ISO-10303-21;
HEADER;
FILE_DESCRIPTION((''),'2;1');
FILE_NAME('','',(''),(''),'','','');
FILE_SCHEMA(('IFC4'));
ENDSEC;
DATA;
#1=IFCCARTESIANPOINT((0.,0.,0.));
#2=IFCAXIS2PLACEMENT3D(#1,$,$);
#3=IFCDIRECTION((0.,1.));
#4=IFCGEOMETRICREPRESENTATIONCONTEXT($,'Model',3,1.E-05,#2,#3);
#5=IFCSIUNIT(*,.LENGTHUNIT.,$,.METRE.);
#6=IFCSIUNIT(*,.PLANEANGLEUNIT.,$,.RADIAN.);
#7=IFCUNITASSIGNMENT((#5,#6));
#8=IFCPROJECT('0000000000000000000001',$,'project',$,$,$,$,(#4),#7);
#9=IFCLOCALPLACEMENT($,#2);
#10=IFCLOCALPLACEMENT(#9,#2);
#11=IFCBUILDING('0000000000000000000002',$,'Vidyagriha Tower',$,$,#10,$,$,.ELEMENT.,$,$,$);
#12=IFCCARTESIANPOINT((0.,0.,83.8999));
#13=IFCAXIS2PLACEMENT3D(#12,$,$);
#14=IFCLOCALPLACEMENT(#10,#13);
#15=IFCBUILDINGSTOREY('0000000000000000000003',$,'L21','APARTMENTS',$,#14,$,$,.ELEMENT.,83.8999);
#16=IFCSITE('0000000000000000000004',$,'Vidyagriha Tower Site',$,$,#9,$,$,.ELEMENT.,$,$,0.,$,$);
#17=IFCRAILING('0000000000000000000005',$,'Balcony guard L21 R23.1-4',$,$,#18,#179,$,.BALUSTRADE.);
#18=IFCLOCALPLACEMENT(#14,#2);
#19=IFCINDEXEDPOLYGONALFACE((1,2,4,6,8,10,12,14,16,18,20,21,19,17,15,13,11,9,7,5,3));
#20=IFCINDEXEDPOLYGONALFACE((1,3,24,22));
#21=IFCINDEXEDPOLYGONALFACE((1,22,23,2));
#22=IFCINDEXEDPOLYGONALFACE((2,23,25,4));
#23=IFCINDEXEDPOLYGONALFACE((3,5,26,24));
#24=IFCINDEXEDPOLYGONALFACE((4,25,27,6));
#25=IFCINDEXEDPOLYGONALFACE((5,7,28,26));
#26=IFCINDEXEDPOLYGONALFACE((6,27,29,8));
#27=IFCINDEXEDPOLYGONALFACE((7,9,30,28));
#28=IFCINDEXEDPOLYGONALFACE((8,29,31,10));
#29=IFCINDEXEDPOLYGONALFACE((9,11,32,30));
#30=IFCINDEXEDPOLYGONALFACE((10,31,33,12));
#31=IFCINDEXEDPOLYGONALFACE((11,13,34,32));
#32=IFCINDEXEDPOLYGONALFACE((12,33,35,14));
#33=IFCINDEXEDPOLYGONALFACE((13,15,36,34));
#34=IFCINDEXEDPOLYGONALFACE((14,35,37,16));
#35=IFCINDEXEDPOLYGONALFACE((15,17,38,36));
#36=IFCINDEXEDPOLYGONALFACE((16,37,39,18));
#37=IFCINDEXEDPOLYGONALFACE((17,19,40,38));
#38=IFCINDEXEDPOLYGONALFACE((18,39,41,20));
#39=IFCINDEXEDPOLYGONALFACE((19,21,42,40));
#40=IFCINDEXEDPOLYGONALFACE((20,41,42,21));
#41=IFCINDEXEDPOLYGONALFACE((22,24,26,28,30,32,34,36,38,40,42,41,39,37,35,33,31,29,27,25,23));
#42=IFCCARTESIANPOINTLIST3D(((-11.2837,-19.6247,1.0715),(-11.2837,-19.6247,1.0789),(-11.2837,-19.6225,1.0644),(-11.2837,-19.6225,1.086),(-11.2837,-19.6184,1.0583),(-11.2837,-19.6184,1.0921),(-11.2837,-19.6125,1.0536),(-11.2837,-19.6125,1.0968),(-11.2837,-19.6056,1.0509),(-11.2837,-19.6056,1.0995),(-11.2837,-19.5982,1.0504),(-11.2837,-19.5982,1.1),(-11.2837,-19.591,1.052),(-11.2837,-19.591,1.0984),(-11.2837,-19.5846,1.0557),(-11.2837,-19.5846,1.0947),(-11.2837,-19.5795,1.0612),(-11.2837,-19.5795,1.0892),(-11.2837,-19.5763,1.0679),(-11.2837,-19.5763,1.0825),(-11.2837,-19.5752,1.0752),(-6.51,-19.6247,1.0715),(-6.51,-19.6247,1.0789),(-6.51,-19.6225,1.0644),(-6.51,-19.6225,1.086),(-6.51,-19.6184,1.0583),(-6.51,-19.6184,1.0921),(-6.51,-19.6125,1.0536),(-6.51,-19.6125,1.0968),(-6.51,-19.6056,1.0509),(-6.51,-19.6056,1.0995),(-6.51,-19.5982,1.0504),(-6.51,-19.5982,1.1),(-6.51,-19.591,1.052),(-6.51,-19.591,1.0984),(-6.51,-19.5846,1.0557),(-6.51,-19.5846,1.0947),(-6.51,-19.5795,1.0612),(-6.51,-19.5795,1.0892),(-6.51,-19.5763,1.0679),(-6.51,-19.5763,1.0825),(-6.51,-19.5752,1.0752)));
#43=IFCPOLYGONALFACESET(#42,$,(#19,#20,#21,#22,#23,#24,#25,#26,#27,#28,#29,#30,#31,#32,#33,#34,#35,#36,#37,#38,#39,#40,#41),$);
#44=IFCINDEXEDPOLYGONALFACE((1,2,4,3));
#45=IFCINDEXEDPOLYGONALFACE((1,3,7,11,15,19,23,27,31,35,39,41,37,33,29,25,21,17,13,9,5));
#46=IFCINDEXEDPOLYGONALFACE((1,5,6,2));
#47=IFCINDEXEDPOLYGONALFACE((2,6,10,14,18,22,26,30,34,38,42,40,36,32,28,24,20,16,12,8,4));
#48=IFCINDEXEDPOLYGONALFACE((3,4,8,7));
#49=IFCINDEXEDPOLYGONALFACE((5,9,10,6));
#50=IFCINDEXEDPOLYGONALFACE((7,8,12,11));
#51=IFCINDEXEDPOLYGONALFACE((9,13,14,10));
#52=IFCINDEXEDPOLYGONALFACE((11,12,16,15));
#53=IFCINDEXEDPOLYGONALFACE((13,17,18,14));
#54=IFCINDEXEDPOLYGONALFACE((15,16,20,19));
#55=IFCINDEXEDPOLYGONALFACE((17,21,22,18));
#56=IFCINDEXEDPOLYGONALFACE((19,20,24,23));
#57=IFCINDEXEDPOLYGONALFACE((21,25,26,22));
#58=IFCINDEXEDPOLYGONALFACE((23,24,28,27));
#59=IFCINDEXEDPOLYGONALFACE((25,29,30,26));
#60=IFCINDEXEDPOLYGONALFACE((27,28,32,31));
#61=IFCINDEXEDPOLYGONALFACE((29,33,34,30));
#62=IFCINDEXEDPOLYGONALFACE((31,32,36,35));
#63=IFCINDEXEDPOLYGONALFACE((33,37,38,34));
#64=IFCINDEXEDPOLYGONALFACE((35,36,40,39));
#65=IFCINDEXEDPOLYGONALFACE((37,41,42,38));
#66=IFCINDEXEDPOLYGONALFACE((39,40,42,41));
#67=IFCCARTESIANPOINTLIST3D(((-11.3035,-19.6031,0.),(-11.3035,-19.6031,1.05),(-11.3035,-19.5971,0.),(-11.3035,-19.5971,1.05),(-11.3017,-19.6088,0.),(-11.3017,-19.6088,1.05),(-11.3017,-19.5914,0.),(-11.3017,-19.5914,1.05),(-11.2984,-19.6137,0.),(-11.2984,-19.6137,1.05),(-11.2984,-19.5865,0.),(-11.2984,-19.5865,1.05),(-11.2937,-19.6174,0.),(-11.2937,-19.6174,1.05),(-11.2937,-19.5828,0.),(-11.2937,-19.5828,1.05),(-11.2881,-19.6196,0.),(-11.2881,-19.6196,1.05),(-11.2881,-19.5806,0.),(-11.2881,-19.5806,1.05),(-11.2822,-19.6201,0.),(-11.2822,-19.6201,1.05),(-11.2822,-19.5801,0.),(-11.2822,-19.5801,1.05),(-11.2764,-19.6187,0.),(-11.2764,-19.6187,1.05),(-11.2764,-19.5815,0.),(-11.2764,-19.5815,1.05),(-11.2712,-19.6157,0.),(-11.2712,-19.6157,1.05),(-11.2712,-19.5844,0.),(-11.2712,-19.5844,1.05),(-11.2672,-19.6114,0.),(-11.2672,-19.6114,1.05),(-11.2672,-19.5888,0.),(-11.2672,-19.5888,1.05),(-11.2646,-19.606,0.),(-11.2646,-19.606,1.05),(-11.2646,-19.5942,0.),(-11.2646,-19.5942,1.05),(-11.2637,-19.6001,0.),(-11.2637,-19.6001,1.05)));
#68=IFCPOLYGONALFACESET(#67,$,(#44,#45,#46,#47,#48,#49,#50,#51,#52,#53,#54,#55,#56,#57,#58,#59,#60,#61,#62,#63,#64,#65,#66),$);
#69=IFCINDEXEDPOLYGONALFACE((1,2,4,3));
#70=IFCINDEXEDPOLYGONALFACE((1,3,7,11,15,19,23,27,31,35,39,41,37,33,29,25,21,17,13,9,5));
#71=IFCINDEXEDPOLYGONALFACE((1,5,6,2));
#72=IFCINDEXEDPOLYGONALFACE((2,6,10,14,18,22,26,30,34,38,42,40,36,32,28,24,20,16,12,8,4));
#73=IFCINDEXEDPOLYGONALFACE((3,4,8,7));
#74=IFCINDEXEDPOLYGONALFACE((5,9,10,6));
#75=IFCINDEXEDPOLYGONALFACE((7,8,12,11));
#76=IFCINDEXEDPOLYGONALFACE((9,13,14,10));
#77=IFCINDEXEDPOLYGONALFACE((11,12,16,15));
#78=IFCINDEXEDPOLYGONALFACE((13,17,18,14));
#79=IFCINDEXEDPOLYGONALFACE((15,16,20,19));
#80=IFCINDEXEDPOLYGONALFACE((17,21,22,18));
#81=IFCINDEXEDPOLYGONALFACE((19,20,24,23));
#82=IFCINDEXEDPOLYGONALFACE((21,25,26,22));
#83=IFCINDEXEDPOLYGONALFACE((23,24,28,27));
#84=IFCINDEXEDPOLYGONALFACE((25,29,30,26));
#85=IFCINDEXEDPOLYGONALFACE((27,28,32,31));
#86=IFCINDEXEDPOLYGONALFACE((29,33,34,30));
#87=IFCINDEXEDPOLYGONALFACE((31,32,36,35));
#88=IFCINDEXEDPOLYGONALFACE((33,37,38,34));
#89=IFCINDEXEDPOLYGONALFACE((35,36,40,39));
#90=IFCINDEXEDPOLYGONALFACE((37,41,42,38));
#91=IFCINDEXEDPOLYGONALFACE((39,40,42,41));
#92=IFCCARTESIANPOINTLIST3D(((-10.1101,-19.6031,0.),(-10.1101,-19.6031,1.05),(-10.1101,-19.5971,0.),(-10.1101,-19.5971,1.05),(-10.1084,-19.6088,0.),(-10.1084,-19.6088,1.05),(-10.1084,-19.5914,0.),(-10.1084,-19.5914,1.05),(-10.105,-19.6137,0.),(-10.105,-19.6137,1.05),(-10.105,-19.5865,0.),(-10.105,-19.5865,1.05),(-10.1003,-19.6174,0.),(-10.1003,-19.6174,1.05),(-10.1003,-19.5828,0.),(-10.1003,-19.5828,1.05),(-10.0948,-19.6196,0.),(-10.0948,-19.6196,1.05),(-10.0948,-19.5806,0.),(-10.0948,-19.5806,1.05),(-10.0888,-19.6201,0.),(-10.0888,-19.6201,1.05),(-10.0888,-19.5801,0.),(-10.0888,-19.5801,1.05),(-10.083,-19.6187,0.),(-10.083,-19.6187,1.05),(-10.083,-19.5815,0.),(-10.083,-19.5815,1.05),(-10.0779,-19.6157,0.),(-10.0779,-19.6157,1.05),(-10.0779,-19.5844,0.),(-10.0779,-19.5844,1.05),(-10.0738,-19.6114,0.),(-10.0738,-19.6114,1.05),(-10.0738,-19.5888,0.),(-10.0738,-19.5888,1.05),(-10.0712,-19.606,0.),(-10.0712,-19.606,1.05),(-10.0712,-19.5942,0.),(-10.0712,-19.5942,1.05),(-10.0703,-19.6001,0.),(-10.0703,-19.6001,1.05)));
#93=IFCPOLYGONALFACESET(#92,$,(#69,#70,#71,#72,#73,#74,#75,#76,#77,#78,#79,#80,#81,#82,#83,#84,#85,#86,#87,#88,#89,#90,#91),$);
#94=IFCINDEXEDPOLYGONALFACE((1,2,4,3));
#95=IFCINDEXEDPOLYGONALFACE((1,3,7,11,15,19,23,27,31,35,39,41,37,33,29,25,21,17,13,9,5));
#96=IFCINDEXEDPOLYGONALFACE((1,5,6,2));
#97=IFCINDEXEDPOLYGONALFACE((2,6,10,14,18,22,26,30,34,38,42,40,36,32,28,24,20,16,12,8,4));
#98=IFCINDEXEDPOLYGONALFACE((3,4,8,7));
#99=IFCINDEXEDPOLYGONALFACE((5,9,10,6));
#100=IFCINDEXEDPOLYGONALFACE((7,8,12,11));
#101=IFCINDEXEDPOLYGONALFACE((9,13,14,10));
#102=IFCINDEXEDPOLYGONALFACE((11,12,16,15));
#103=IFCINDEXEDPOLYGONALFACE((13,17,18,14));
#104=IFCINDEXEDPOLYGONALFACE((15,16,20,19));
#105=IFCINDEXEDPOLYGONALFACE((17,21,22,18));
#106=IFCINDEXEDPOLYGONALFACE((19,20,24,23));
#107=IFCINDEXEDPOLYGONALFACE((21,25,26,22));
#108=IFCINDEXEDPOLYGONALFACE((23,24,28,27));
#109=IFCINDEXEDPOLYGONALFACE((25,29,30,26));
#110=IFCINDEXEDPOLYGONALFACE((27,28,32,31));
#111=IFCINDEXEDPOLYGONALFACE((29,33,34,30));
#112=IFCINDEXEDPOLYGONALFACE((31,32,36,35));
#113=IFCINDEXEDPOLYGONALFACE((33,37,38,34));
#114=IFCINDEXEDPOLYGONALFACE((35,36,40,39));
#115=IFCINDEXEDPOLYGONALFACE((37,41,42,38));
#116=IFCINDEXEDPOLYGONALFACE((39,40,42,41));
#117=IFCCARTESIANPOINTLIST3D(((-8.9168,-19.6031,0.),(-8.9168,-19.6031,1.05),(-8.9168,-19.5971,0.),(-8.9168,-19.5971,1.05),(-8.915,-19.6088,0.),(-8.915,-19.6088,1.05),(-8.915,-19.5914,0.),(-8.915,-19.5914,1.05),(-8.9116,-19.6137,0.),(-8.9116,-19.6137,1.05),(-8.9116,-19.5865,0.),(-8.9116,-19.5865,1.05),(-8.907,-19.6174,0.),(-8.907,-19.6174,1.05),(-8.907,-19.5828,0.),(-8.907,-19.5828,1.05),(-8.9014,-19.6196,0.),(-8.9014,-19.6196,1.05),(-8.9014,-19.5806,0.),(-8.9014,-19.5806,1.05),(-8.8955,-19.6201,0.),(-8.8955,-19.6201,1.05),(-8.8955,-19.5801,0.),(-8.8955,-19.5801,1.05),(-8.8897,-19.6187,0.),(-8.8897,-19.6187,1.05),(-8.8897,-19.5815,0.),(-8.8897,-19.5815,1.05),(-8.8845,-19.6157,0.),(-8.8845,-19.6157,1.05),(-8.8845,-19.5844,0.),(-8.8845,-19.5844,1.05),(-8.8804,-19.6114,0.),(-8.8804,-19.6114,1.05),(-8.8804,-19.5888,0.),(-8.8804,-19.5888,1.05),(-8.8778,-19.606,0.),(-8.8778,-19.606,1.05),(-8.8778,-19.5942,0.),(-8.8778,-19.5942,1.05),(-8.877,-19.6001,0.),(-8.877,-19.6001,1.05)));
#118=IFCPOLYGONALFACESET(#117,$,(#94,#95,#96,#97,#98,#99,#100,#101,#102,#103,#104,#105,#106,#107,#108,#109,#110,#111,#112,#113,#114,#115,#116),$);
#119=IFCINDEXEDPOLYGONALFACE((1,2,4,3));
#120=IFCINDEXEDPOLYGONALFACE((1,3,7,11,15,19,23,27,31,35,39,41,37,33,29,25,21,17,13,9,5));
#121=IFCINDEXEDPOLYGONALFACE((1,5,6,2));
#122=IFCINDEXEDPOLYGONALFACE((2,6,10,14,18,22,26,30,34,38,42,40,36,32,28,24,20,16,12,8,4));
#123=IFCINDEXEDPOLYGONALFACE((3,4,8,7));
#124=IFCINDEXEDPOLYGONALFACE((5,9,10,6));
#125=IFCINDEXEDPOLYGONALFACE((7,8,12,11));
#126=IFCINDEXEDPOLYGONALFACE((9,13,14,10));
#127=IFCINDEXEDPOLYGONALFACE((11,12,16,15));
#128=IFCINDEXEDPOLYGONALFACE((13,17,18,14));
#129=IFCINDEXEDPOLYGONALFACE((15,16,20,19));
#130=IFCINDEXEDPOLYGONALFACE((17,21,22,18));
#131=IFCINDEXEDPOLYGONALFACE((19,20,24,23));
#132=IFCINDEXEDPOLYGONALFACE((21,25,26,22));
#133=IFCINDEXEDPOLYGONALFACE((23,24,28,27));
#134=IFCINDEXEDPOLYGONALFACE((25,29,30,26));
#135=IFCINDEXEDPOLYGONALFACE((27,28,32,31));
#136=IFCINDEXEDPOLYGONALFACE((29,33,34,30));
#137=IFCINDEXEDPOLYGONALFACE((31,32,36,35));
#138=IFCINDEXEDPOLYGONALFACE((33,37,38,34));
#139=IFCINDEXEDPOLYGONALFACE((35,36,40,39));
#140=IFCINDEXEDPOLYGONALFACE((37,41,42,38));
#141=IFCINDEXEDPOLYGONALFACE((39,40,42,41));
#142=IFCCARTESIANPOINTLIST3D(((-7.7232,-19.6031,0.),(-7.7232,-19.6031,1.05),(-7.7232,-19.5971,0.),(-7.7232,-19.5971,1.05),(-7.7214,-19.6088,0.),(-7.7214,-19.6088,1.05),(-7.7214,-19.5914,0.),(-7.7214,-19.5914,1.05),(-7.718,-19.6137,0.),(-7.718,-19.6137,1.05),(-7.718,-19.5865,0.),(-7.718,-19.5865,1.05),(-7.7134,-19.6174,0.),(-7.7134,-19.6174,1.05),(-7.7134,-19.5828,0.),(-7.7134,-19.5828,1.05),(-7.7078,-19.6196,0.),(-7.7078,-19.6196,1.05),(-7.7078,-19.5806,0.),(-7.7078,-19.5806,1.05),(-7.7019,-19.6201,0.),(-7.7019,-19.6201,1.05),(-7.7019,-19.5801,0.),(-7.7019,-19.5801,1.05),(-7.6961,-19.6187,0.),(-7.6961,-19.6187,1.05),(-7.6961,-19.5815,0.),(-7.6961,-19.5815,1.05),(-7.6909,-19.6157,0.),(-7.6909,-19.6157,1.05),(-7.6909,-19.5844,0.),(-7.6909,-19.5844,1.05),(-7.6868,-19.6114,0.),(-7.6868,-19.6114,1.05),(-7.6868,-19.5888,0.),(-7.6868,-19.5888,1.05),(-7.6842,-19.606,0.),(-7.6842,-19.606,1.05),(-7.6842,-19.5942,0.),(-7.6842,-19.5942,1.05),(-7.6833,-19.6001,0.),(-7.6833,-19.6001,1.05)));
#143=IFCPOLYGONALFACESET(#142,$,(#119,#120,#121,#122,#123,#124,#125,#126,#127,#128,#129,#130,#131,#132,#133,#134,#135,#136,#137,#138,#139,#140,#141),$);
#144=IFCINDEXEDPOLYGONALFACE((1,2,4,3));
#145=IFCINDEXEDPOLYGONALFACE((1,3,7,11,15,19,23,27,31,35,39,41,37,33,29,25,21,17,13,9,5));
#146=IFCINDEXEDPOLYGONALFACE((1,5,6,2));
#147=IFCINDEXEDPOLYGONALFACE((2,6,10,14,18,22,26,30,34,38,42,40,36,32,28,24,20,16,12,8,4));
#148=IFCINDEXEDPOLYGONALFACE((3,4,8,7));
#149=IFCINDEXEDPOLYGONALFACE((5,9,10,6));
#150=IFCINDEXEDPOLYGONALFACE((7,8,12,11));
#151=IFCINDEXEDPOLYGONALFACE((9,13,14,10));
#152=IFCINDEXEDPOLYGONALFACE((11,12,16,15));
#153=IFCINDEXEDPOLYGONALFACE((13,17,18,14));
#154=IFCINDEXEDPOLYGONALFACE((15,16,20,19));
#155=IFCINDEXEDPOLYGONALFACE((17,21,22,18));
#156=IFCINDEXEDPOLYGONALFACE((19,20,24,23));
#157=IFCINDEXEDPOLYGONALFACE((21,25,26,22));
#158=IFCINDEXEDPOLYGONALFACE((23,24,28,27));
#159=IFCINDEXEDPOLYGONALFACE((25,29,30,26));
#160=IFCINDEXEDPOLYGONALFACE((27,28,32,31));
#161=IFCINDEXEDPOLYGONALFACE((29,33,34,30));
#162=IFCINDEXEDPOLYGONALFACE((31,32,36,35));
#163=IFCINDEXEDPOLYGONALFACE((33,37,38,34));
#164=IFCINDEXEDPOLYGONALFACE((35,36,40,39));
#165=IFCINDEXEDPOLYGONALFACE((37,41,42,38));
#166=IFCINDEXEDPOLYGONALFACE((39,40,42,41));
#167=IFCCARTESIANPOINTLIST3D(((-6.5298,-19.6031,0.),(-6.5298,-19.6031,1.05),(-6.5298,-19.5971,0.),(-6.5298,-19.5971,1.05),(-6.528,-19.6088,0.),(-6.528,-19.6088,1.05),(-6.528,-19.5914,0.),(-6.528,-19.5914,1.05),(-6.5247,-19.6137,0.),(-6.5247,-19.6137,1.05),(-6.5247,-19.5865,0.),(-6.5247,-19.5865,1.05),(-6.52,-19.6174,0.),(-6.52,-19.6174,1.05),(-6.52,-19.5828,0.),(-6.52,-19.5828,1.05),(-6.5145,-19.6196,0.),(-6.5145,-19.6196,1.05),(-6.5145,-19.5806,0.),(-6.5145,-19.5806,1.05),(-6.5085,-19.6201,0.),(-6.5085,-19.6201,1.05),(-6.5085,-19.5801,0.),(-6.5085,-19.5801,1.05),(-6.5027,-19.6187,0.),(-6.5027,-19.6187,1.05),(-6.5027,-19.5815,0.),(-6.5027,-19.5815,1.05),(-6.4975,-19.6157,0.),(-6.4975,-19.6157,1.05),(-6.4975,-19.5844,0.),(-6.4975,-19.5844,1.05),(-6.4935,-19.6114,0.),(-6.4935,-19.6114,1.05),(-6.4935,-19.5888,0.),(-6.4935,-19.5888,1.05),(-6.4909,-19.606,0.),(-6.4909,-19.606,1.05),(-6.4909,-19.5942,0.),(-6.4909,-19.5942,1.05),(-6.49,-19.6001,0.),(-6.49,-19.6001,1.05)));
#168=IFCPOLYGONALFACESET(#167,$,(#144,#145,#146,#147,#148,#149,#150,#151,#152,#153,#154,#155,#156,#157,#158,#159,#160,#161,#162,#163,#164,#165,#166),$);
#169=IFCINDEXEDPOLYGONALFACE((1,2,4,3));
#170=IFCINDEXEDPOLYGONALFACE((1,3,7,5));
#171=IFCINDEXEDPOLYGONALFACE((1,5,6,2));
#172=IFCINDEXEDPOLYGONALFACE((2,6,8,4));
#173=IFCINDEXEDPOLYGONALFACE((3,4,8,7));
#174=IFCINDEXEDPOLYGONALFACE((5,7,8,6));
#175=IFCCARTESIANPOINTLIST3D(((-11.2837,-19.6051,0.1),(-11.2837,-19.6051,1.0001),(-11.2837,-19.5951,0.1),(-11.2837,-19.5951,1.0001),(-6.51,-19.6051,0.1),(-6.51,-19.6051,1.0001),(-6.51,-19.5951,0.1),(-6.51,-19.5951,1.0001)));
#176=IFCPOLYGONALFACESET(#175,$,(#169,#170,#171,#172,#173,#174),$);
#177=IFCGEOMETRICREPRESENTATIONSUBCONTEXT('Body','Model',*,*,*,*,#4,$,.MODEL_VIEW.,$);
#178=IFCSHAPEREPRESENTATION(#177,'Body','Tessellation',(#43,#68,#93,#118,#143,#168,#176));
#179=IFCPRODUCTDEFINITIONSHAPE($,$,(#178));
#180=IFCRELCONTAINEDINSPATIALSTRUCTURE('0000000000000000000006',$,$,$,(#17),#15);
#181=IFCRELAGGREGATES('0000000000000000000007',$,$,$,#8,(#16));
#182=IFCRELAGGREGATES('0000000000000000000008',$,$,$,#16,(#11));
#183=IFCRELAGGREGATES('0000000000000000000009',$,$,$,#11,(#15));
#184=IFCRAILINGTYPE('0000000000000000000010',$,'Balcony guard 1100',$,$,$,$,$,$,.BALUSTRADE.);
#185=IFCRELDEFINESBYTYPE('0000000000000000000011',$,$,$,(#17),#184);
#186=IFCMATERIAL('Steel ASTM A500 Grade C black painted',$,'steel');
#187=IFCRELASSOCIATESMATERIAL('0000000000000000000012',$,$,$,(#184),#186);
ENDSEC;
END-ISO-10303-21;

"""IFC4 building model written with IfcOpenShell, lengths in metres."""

from ifc_helpers import new_model, si_unit, direction, frame, origin, origin_2d, place, context, subcontext, project, spatial, rectangle, circle, extrude, material, type_object, element, save


model = new_model("IFC4")

# Units and contexts
model_context = context("Model", 3, precision=1e-05, world=origin(), true_north=direction((0.0, 1.0)))
body_context = subcontext(model_context, "Body", "Model", "MODEL_VIEW")
ifc_project = project(units=[si_unit("LENGTHUNIT", "METRE"), si_unit("PLANEANGLEUNIT", "RADIAN")], contexts=[model_context])

# Site, building, storey
site_placement = place(None, origin())
site = spatial("IfcSite", under=ifc_project, at=site_placement, Name="Vidyagriha Tower Site", CompositionType="ELEMENT", RefElevation=0.0)
building_placement = place(site_placement, origin())
building = spatial("IfcBuilding", under=site, at=building_placement, Name="Vidyagriha Tower", CompositionType="ELEMENT")
storey_placement = place(building_placement, frame((0.0, 0.0, 83.8999)))
storey = spatial("IfcBuildingStorey", under=building, at=storey_placement, Name="L21", Description="APARTMENTS", CompositionType="ELEMENT", Elevation=83.8999)

# Railing
ifc_material_1 = material(Name="Steel ASTM A500 Grade C black painted", Category="steel")
railing_type = type_object("IfcRailingType", Name="Balcony guard 1100", PredefinedType="BALUSTRADE", material=ifc_material_1)
railing_1_placement = place(storey_placement, frame((-11.2837, -19.6001, 0.0)))
element("IfcRailing", 1, at=railing_1_placement, inside=storey, type_object=railing_type, Name="Balcony guard L21 R23.1-4", PredefinedType="BALUSTRADE", context=body_context, shape_type="SweptSolid", body=[
    extrude(circle(Radius=0.0249, at=origin_2d()), frame((0.0, 0.0, 1.0752), z_axis=(1.0, 0.0, 0.0), x_axis=(0.0, 1.0, 0.0)), (0.0, 0.0, 1.0), 4.7737),
    extrude(circle(Radius=0.02, at=origin_2d()), origin(), (0.0, 0.0, 1.0), 1.05),
    extrude(circle(Radius=0.02, at=origin_2d()), frame((1.1934, 0.0, 0.0)), (0.0, 0.0, 1.0), 1.05),
    extrude(circle(Radius=0.02, at=origin_2d()), frame((2.3867, 0.0, 0.0)), (0.0, 0.0, 1.0), 1.05),
    extrude(circle(Radius=0.02, at=origin_2d()), frame((3.5803, 0.0, 0.0)), (0.0, 0.0, 1.0), 1.05),
    extrude(circle(Radius=0.02, at=origin_2d()), frame((4.7737, 0.0, 0.0)), (0.0, 0.0, 1.0), 1.05),
    extrude(rectangle(XDim=0.01, YDim=0.9001, at=origin_2d()), frame((0.0, 0.0, 0.55), z_axis=(1.0, 0.0, 0.0), x_axis=(0.0, 1.0, 0.0)), (0.0, 0.0, 1.0), 4.7737),
])

save(model, "model.ifc")
